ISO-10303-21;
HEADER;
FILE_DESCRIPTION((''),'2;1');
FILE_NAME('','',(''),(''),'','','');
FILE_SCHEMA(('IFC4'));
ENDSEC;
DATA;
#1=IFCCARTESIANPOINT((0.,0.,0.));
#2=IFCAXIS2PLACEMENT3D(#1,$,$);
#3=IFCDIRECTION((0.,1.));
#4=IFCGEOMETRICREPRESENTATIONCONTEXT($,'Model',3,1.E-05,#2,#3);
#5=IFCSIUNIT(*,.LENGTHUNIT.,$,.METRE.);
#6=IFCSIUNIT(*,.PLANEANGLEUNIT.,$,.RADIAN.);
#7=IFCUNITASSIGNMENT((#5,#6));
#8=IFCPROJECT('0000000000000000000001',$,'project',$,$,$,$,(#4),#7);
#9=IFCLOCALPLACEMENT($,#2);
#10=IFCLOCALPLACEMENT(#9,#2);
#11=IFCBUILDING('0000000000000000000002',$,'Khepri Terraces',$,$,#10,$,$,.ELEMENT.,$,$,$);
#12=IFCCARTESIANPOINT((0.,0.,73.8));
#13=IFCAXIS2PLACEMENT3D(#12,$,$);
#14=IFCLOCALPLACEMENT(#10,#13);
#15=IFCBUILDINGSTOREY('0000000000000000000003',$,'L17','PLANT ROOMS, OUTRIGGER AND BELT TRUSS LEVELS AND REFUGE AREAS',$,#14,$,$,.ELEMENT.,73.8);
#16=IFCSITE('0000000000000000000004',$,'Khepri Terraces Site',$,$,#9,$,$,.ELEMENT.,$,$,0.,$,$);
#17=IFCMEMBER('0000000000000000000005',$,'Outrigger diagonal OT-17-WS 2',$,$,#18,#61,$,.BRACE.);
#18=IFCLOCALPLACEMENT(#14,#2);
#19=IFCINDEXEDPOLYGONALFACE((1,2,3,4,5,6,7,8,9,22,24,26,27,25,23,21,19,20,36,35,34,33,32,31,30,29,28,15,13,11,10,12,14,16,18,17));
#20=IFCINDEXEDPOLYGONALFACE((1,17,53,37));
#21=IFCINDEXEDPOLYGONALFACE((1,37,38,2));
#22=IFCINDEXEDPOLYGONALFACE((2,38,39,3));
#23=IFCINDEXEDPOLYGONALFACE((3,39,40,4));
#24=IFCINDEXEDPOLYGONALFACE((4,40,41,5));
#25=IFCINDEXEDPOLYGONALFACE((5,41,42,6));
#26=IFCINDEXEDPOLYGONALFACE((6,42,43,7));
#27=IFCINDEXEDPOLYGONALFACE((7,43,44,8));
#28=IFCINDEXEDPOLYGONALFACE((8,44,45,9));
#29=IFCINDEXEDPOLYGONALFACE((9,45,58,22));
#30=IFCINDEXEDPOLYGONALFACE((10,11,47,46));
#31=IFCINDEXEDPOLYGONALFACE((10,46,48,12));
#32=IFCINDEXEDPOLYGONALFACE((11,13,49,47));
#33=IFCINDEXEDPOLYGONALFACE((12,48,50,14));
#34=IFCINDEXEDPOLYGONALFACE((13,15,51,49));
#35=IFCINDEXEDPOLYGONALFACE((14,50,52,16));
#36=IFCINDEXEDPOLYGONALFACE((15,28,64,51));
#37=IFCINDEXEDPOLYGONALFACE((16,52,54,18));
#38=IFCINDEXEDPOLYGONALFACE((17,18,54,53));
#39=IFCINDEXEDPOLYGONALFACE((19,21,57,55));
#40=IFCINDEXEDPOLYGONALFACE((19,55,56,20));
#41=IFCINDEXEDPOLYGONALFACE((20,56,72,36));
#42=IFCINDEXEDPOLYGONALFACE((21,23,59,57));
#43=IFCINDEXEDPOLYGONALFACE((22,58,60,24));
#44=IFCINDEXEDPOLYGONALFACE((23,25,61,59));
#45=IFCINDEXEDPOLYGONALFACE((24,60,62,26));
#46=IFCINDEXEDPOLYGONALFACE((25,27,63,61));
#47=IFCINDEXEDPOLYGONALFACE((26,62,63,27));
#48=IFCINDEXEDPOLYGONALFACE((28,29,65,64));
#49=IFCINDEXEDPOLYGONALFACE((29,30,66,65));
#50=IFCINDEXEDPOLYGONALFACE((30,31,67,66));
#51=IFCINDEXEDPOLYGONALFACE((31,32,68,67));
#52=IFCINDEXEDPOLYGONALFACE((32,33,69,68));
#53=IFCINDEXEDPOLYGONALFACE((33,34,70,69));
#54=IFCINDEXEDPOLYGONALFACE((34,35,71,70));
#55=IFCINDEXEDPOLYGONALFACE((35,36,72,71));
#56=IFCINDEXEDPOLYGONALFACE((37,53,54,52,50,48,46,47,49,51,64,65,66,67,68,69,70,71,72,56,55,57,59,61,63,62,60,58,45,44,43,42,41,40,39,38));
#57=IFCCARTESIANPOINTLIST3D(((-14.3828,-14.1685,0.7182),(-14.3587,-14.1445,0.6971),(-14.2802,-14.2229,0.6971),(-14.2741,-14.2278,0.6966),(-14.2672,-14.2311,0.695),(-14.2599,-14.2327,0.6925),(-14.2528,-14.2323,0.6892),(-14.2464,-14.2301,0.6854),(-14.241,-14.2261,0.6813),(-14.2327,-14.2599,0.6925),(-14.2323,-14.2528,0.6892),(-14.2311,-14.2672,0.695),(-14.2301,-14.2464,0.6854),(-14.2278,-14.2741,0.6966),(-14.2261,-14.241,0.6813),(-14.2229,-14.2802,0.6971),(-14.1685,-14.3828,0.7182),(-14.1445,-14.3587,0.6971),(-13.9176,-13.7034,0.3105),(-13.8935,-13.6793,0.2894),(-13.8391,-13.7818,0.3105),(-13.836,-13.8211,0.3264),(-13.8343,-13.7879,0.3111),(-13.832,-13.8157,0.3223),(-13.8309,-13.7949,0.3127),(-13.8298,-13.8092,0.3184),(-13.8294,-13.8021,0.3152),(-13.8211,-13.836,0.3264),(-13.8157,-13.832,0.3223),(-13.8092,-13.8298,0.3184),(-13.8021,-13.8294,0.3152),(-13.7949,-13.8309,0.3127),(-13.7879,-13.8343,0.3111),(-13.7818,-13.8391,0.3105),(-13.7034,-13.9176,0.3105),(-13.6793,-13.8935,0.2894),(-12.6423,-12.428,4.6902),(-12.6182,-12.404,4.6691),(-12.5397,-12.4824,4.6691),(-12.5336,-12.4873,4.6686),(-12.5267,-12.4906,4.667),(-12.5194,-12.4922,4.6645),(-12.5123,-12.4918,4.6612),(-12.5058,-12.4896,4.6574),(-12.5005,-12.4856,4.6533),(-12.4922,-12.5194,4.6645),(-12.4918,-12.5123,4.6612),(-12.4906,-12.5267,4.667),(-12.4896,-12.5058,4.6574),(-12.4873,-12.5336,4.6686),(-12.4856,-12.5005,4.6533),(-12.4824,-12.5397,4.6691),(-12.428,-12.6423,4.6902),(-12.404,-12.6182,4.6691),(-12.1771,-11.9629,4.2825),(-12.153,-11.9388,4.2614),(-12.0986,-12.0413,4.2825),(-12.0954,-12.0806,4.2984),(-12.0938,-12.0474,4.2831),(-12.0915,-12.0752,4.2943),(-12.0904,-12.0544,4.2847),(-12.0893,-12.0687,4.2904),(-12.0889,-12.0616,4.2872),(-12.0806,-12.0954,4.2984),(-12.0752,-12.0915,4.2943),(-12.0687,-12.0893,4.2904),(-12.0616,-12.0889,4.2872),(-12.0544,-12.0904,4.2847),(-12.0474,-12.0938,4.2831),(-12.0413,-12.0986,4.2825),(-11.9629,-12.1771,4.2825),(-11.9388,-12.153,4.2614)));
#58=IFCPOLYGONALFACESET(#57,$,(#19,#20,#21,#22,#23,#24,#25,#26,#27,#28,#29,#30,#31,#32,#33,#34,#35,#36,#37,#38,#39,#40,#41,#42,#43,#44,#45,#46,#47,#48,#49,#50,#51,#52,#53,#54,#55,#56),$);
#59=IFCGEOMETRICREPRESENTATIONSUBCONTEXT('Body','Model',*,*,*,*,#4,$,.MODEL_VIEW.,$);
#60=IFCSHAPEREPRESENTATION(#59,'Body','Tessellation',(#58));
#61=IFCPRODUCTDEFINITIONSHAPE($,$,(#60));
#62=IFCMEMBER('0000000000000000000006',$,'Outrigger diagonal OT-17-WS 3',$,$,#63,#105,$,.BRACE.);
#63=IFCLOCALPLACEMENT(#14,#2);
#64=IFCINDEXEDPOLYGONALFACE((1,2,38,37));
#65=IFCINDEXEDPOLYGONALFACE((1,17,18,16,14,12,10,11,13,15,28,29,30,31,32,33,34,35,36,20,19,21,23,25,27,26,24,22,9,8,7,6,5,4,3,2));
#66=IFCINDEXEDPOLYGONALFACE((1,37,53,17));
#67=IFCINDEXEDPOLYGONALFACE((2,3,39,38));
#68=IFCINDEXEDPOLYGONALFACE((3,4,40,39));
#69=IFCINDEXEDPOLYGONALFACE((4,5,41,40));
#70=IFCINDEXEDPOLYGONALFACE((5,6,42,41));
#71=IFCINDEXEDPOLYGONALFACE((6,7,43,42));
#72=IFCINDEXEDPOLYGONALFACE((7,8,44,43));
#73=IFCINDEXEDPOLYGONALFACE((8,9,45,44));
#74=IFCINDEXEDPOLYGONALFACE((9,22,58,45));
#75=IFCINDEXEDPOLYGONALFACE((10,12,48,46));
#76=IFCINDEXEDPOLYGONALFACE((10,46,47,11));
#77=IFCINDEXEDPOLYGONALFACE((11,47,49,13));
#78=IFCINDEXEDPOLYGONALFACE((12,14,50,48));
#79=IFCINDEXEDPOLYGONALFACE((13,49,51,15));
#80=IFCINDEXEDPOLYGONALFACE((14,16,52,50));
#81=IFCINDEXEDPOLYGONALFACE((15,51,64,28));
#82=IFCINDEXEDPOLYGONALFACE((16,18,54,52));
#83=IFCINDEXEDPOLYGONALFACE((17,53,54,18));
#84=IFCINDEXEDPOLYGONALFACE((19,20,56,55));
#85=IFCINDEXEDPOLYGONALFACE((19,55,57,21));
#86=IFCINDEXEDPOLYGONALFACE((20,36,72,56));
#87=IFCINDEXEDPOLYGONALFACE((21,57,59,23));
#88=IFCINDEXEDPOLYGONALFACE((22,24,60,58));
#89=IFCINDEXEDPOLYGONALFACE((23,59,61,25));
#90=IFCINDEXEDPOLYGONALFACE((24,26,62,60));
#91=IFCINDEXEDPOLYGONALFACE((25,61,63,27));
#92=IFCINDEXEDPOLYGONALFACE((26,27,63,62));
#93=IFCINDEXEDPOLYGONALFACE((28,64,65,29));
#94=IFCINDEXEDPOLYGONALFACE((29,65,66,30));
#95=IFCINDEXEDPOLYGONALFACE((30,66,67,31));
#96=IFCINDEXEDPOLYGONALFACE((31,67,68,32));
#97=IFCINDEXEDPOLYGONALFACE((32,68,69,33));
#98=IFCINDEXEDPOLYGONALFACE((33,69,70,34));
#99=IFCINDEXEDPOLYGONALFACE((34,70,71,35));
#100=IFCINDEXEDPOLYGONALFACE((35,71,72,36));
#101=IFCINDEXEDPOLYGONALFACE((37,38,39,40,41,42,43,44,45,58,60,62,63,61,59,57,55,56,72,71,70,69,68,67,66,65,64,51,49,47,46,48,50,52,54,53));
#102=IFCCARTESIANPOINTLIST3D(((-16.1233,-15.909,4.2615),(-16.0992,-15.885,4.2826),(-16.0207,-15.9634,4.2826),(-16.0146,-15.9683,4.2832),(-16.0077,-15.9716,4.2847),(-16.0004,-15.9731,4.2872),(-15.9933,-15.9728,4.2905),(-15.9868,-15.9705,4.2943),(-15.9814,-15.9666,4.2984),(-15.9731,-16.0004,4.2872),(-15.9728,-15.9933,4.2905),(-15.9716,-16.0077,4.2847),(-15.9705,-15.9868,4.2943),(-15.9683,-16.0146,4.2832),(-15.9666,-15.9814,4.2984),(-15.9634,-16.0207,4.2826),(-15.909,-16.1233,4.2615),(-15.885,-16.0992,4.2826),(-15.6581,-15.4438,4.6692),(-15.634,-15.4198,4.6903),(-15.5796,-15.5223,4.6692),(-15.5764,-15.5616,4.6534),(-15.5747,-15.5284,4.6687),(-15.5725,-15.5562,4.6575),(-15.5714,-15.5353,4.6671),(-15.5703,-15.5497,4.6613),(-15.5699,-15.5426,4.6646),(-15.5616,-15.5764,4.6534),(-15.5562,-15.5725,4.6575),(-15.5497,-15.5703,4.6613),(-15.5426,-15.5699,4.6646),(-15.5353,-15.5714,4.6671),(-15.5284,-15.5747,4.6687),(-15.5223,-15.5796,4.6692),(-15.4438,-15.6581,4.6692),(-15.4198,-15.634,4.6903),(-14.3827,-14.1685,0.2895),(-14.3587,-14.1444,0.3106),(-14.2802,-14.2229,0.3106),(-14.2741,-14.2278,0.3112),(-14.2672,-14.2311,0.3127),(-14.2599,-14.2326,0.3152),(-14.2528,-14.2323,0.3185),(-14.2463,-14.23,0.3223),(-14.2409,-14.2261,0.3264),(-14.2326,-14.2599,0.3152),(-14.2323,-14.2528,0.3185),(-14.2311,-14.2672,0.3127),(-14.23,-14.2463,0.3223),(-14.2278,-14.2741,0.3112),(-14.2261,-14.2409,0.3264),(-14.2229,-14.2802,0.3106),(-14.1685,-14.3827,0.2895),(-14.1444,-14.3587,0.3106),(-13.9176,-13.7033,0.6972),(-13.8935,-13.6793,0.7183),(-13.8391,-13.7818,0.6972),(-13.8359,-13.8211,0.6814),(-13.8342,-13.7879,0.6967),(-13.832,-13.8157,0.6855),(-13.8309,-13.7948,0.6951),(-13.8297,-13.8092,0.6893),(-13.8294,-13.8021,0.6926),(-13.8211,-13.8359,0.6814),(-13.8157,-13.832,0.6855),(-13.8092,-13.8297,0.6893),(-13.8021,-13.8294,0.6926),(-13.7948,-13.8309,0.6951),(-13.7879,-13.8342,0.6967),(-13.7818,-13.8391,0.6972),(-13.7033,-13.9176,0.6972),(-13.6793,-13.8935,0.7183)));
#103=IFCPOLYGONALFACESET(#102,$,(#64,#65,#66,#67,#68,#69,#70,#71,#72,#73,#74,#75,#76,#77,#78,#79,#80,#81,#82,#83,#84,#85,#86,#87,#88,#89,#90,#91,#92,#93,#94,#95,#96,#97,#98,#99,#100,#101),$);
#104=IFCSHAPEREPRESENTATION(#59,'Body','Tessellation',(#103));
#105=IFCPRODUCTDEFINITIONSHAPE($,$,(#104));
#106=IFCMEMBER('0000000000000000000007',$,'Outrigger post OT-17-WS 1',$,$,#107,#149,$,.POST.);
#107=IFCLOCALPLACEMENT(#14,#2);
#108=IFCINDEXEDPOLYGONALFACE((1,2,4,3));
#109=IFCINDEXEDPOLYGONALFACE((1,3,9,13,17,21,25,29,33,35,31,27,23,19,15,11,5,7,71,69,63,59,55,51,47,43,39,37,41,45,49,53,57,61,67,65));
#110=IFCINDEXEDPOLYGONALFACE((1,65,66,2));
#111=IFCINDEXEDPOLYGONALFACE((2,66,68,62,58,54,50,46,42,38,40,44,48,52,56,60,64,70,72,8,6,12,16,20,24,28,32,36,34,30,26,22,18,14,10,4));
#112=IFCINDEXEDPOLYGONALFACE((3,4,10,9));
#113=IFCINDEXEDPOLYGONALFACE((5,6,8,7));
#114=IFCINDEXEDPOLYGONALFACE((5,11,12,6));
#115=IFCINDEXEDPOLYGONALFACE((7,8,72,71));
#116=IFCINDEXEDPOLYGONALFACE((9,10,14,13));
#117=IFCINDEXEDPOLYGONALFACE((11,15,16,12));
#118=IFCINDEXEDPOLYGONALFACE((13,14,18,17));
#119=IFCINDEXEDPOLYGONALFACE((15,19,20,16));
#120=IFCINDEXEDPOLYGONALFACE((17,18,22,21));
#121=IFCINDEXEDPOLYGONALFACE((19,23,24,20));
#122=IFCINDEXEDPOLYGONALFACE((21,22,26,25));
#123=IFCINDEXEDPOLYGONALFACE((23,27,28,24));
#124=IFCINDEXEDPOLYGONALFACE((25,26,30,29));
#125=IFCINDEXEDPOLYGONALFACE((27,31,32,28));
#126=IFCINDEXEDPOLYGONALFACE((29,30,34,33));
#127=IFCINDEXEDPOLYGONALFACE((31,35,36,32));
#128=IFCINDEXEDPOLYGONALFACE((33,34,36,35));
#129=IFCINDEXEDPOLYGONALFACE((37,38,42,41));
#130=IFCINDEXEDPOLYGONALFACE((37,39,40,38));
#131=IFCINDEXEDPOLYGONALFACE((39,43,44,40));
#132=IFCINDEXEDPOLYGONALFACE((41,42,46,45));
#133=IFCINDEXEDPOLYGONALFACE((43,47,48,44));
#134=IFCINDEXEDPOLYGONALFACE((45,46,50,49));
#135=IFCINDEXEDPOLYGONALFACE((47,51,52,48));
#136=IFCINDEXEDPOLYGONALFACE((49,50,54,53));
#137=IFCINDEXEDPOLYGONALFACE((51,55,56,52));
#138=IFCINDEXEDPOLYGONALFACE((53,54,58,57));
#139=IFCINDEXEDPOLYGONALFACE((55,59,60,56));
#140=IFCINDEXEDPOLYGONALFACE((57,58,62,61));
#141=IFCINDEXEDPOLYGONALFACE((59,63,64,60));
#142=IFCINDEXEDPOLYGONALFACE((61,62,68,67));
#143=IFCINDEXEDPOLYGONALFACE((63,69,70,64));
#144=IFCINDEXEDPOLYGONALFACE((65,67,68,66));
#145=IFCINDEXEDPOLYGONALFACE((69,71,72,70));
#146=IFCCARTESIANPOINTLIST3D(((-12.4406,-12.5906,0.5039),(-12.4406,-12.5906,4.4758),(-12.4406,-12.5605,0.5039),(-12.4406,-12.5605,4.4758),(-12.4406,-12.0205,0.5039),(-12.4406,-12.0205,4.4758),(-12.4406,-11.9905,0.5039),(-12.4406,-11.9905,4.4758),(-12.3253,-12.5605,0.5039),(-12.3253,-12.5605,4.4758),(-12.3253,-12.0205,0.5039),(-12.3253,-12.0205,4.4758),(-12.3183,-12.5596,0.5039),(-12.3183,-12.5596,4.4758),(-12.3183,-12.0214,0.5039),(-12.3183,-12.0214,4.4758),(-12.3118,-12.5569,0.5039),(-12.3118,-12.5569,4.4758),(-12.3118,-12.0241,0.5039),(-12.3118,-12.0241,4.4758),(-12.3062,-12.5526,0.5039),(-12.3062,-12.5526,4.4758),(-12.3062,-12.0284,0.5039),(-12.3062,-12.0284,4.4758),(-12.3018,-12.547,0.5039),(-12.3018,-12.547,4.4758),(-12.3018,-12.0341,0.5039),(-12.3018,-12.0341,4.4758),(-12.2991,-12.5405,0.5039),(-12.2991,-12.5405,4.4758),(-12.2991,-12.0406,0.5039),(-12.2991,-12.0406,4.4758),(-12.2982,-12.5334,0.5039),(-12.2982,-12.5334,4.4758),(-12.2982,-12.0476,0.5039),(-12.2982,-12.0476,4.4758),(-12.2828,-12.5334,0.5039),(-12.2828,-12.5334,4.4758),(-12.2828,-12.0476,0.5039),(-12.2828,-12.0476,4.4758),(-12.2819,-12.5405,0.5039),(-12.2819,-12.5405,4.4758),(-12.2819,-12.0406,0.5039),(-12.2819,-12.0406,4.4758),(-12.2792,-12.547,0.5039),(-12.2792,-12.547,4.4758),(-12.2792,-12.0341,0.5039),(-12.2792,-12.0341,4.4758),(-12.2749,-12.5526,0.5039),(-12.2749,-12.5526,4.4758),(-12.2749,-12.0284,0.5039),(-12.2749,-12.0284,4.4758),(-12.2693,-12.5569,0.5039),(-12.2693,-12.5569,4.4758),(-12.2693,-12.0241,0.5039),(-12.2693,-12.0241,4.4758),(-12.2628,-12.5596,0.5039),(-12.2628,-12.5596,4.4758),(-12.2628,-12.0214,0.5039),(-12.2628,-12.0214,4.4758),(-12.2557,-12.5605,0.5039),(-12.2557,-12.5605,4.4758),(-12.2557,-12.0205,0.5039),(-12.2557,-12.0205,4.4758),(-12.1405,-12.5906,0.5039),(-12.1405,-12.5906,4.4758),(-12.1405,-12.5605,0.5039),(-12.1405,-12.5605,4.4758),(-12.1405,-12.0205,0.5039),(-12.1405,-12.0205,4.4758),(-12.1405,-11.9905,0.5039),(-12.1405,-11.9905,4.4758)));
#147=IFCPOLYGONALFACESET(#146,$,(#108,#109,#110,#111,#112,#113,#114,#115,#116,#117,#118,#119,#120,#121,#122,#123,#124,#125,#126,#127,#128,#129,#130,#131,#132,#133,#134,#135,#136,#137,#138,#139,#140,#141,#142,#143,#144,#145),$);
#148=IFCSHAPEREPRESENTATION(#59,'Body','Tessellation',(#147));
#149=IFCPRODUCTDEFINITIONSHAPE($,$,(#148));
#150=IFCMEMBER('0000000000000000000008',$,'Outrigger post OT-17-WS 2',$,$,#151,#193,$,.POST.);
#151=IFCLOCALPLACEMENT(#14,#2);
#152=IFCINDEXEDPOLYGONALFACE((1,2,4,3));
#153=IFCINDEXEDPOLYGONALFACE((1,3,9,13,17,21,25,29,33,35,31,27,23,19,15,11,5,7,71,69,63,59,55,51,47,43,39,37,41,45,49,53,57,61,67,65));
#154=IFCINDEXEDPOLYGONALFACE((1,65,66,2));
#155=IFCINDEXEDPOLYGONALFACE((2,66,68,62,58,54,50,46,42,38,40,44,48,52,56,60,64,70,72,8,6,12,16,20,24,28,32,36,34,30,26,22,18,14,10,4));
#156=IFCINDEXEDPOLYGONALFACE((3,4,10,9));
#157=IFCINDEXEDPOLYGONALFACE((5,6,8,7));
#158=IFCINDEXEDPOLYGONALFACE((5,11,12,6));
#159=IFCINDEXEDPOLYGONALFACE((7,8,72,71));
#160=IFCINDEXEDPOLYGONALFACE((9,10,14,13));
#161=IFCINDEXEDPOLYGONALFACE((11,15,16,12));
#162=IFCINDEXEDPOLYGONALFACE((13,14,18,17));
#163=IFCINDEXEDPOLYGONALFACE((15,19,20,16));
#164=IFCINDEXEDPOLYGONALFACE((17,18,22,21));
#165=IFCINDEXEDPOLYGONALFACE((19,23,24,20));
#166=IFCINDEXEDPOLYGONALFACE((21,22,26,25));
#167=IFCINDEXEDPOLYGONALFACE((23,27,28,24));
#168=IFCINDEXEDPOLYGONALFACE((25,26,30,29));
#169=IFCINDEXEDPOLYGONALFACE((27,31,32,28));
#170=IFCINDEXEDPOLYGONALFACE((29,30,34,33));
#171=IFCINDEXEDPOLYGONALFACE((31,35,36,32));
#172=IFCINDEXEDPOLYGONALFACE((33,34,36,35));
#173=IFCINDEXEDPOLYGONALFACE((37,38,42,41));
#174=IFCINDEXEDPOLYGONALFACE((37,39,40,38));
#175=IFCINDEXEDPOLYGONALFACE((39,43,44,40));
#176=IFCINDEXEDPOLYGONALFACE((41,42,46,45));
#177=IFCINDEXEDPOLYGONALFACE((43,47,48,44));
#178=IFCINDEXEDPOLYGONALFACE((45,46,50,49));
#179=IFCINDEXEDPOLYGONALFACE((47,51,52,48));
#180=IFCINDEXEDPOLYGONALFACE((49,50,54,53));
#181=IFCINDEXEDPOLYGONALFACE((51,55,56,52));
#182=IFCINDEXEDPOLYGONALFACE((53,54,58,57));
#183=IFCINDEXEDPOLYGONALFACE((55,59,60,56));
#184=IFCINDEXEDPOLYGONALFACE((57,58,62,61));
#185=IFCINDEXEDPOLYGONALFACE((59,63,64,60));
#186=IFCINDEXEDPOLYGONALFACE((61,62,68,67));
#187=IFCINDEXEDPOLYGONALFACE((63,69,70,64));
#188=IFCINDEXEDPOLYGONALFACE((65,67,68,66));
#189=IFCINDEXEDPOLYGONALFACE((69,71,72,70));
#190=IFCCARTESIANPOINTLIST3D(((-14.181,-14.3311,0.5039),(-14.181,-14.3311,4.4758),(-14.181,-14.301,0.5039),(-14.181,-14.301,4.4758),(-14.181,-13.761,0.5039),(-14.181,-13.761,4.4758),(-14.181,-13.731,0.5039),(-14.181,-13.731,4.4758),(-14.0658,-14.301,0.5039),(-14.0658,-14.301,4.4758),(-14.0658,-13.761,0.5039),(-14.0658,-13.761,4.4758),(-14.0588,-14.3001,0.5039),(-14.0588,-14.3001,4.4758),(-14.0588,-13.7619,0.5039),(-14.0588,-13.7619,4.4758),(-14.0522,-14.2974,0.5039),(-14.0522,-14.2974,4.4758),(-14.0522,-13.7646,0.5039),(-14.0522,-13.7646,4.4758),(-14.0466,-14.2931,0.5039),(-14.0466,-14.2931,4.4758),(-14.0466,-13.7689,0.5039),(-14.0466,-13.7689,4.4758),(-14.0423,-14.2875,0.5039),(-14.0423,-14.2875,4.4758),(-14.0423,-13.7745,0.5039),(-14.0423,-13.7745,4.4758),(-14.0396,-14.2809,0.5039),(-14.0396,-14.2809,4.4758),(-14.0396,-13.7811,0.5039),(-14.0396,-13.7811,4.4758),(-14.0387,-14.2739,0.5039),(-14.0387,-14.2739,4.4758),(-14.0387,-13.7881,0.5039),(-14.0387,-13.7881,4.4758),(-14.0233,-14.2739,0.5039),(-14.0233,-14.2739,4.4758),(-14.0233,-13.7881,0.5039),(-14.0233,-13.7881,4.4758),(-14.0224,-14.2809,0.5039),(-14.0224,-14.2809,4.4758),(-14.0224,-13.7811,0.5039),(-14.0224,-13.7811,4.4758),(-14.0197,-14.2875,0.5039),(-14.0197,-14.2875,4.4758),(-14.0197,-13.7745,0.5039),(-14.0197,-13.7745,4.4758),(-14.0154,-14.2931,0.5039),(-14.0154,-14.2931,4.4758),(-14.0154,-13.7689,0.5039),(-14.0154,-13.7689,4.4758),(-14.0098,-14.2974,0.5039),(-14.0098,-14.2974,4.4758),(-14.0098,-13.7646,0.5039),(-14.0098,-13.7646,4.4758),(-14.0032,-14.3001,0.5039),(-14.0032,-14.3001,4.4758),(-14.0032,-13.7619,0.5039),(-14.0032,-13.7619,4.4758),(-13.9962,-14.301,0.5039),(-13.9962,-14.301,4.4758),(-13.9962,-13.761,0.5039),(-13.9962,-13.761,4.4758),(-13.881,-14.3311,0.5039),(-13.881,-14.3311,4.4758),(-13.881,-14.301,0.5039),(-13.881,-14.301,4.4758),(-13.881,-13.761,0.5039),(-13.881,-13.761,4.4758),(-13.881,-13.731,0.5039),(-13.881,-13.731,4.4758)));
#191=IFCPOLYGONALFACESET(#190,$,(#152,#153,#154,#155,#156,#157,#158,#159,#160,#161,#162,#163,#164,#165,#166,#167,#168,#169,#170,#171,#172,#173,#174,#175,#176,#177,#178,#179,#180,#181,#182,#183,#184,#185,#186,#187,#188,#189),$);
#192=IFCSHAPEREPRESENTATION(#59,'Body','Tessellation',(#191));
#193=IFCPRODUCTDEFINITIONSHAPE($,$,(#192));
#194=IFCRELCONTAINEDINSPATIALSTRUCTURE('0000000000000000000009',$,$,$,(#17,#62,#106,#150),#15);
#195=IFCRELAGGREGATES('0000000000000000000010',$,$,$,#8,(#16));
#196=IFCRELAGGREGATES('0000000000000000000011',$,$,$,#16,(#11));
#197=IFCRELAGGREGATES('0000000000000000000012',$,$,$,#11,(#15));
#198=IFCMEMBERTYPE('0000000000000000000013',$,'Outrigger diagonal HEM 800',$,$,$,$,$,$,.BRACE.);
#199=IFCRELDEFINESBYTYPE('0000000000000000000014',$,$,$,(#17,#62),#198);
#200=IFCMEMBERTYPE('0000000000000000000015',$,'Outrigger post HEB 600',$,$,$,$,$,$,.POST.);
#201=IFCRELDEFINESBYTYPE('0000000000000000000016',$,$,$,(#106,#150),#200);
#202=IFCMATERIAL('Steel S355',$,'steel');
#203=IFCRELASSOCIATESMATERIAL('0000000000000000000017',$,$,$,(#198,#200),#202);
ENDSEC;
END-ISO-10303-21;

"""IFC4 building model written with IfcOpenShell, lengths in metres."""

from ifc_helpers import new_model, si_unit, direction, frame, origin, origin_2d, place, context, subcontext, project, spatial, i_section, extrude, material, material_profile, profile_set, type_object, element, save


model = new_model("IFC4")

# Units and contexts
model_context = context("Model", 3, precision=1e-05, world=origin(), true_north=direction((0.0, 1.0)))
body_context = subcontext(model_context, "Body", "Model", "MODEL_VIEW")
ifc_project = project(units=[si_unit("LENGTHUNIT", "METRE"), si_unit("PLANEANGLEUNIT", "RADIAN")], contexts=[model_context])

# Site, building, storey
site_placement = place(None, origin())
site = spatial("IfcSite", under=ifc_project, at=site_placement, Name="Khepri Terraces Site", CompositionType="ELEMENT", RefElevation=0.0)
building_placement = place(site_placement, origin())
building = spatial("IfcBuilding", under=site, at=building_placement, Name="Khepri Terraces", CompositionType="ELEMENT")
storey_placement = place(building_placement, frame((0.0, 0.0, 73.8)))
storey = spatial("IfcBuildingStorey", under=building, at=storey_placement, Name="L17", Description="PLANT ROOMS, OUTRIGGER AND BELT TRUSS LEVELS AND REFUGE AREAS", CompositionType="ELEMENT", Elevation=73.8)

# Members
ifc_material_1 = material(Name="Steel S355", Category="steel")
ifc_material_profile_1 = material_profile(ifc_material_1, i_section(OverallWidth=0.303, OverallDepth=0.814, WebThickness=0.021, FlangeThickness=0.04, FilletRadius=0.03, at=origin_2d()), Name="Steel S355", Category="steel")
ifc_profile_set_1 = profile_set([ifc_material_profile_1], Name="Steel S355")
member_type_1 = type_object("IfcMemberType", Name="Outrigger diagonal HEM 800", PredefinedType="BRACE", material=ifc_profile_set_1)
for number, where, z_axis, x_axis, name in (
    (1, (-12.2905, -12.2905, 4.4758), (-0.372473, -0.372473, -0.850016), (0.707107, -0.707107, 0.0), "Outrigger diagonal OT-17-WS 2"),
    (2, (-14.031, -14.031, 0.5039), (-0.372473, -0.372473, 0.850016), (0.707107, -0.707107, 0.0), "Outrigger diagonal OT-17-WS 3"),
):
    element("IfcMember", number, at=place(storey_placement, frame(where, z_axis=z_axis, x_axis=x_axis)), inside=storey, type_object=member_type_1, Name=name, PredefinedType="BRACE", context=body_context, shape_type="SweptSolid", body=[
        extrude(i_section(OverallWidth=0.303, OverallDepth=0.814, WebThickness=0.021, FlangeThickness=0.04, FilletRadius=0.03, at=origin_2d()), origin(), (0.0, 0.0, 1.0), 4.6729),
    ])
ifc_material_profile_2 = material_profile(ifc_material_1, i_section(OverallWidth=0.3, OverallDepth=0.6001, WebThickness=0.0154, FlangeThickness=0.03, FilletRadius=0.0271, at=origin_2d()), Name="Steel S355", Category="steel")
ifc_profile_set_2 = profile_set([ifc_material_profile_2], Name="Steel S355")
member_type_2 = type_object("IfcMemberType", Name="Outrigger post HEB 600", PredefinedType="POST", material=ifc_profile_set_2)
for number, where, z_axis, x_axis, name in (
    (3, (-12.2905, -12.2905, 0.5039), (0.0, 0.0, 1.0), (1.0, 0.0, 0.0), "Outrigger post OT-17-WS 1"),
    (4, (-14.031, -14.031, 0.5039), (0.0, 0.0, 1.0), (1.0, 0.0, 0.0), "Outrigger post OT-17-WS 2"),
):
    element("IfcMember", number, at=place(storey_placement, frame(where, z_axis=z_axis, x_axis=x_axis)), inside=storey, type_object=member_type_2, Name=name, PredefinedType="POST", context=body_context, shape_type="SweptSolid", body=[
        extrude(i_section(OverallWidth=0.3, OverallDepth=0.6001, WebThickness=0.0154, FlangeThickness=0.03, FilletRadius=0.0271, at=origin_2d()), origin(), (0.0, 0.0, 1.0), 3.9719),
    ])

save(model, "model.ifc")
